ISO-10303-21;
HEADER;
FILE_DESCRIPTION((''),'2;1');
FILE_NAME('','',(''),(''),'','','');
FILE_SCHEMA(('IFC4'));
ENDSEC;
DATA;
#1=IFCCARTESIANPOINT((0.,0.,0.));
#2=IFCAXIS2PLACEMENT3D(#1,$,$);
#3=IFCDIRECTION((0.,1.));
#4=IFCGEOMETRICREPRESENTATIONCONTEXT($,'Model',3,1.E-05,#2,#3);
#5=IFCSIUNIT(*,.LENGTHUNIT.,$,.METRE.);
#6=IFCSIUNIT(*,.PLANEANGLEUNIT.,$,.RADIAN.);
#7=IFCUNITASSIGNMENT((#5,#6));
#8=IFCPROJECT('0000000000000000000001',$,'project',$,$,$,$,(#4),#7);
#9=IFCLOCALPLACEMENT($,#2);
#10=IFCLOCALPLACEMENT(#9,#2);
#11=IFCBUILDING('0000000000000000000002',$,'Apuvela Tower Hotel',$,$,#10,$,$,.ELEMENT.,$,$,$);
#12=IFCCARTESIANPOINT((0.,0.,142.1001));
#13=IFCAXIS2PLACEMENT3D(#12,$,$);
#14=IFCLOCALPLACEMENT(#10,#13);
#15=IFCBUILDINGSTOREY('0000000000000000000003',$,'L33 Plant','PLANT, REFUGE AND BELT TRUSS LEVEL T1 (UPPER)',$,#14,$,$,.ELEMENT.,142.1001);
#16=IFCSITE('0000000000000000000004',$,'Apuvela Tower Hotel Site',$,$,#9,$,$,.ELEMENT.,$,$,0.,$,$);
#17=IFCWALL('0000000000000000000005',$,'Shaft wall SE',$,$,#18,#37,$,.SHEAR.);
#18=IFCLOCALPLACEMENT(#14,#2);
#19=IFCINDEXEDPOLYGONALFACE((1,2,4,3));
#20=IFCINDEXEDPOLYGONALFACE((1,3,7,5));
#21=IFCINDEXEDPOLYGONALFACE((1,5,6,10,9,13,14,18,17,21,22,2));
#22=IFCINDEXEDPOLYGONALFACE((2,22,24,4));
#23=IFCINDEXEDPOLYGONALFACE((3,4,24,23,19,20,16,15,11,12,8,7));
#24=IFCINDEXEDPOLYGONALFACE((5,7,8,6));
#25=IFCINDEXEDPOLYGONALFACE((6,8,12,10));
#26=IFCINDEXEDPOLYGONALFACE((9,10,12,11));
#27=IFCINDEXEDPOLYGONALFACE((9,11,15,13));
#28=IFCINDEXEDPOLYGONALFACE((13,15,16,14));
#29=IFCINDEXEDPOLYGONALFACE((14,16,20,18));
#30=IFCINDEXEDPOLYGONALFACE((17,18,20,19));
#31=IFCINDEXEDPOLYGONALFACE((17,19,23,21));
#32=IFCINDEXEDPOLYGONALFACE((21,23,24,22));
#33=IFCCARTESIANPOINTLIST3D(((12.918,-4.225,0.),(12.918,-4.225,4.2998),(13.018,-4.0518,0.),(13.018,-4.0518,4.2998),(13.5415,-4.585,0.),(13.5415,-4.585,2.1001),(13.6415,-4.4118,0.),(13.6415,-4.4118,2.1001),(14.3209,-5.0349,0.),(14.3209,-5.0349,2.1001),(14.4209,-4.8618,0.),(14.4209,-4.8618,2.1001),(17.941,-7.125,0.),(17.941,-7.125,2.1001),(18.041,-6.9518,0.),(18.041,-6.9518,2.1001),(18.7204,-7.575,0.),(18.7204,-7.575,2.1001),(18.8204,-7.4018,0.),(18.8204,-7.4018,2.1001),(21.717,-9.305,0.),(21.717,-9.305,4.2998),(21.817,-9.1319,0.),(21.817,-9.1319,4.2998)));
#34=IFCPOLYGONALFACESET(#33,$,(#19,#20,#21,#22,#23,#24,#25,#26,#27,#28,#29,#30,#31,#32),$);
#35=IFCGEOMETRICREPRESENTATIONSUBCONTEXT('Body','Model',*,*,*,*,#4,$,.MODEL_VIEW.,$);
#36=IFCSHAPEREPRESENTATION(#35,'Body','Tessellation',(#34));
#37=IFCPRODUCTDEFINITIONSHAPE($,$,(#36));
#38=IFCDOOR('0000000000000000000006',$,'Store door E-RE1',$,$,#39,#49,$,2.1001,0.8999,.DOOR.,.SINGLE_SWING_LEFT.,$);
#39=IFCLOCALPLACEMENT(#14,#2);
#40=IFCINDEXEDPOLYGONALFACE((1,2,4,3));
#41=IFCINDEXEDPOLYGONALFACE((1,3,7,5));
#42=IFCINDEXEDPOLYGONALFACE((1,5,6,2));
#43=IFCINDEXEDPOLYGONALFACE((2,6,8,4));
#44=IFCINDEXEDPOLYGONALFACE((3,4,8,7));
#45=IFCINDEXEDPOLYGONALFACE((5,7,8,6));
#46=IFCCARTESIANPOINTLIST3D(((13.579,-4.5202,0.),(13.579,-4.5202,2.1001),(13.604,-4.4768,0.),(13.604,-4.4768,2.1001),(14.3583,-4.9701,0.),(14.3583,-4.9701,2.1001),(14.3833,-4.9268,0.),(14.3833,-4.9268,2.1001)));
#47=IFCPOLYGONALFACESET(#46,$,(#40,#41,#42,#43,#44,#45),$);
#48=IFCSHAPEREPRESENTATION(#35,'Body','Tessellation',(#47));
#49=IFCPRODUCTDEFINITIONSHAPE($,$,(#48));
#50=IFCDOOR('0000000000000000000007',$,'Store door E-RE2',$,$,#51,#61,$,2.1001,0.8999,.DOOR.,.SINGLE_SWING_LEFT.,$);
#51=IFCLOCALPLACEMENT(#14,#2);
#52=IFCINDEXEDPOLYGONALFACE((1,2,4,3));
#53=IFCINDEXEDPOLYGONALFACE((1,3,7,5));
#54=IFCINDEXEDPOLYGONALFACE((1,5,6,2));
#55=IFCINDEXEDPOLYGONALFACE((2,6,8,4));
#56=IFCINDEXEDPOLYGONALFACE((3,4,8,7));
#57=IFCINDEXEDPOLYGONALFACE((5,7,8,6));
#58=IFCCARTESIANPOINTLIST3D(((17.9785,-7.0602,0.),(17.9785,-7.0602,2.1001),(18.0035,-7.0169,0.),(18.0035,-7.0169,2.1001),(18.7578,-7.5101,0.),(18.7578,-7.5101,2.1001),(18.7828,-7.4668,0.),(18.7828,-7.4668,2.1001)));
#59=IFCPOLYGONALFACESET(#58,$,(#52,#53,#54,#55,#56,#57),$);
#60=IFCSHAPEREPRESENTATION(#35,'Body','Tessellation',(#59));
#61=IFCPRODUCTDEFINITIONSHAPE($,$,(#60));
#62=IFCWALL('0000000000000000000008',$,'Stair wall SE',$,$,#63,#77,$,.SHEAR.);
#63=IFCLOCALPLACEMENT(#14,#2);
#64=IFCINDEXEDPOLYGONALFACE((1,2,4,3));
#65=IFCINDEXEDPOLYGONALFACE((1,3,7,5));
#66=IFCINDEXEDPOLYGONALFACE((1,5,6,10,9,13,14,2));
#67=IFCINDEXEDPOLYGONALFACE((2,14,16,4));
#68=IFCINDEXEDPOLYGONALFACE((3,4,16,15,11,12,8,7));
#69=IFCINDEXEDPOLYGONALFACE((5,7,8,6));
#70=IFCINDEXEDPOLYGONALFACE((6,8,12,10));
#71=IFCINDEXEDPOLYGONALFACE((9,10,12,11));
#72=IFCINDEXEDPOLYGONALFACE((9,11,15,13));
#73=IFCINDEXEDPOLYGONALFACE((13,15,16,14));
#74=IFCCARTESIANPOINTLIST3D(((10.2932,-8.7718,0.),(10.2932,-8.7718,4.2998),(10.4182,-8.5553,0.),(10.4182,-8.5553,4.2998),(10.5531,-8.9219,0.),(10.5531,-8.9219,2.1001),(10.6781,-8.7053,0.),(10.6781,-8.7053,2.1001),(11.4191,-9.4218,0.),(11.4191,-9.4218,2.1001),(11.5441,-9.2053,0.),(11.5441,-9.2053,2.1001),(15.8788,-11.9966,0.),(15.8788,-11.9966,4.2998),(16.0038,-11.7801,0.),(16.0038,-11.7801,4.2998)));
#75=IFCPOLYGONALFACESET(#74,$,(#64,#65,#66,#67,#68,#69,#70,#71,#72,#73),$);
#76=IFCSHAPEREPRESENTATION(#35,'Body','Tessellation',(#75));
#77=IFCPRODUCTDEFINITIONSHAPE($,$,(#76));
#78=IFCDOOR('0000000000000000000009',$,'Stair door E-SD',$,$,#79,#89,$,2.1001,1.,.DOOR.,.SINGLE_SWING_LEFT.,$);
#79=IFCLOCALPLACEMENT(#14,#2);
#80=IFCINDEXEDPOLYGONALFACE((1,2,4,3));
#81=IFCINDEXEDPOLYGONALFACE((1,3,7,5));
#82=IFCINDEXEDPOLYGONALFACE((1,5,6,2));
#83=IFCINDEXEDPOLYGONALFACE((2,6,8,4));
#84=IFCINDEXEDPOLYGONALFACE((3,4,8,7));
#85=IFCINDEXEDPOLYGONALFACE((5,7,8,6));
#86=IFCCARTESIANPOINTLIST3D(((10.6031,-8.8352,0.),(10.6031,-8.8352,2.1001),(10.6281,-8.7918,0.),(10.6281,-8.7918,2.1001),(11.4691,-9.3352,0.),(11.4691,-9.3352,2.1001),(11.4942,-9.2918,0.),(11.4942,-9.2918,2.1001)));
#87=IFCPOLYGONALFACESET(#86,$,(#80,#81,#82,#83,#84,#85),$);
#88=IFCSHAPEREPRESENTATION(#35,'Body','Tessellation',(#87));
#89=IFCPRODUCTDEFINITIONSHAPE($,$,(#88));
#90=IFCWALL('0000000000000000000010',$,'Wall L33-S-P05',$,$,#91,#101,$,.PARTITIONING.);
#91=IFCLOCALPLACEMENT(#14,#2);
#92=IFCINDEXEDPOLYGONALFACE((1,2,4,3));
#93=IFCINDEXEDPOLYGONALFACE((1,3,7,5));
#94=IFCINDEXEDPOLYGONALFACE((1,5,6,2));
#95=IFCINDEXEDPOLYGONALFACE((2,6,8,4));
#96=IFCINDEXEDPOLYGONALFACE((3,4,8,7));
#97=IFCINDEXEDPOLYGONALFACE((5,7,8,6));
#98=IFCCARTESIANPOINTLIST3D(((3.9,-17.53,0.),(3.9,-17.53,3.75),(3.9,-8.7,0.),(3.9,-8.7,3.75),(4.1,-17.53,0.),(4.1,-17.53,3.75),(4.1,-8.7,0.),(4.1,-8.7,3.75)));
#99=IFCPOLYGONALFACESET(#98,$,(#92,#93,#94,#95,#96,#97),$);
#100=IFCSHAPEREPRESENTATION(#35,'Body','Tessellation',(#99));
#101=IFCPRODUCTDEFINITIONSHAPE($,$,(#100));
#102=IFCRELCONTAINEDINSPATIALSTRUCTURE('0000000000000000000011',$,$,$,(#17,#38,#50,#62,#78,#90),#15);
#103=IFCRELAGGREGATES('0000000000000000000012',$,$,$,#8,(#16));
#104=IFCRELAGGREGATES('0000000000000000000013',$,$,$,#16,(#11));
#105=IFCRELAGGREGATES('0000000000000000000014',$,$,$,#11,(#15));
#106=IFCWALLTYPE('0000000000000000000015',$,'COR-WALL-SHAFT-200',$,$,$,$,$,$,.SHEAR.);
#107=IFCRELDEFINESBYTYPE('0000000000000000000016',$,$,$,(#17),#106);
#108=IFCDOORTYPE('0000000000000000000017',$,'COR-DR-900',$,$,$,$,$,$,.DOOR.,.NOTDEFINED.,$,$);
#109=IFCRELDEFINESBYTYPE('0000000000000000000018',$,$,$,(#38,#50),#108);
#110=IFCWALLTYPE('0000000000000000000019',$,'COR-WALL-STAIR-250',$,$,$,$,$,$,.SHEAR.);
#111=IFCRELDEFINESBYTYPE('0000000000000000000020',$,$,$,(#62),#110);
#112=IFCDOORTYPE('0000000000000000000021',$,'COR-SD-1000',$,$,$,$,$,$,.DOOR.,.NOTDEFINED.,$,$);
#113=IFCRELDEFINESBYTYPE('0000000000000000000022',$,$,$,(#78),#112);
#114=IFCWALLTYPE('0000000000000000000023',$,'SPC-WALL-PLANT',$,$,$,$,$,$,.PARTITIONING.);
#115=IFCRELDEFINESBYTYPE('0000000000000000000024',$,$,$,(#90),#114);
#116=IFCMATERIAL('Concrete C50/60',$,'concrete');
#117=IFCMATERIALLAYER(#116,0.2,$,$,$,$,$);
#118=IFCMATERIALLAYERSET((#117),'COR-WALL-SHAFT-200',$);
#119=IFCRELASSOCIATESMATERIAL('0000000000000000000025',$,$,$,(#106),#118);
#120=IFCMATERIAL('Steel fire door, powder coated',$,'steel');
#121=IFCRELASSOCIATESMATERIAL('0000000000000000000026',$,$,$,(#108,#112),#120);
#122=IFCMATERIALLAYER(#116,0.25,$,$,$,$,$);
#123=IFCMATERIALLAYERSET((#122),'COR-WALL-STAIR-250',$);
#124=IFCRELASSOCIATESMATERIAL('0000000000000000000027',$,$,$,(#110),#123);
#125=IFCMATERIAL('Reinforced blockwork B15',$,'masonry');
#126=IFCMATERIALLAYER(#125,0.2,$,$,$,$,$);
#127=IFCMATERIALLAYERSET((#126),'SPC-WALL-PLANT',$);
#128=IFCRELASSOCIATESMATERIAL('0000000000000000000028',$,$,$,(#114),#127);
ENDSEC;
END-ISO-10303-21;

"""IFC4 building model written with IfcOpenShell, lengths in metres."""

from ifc_helpers import new_model, si_unit, direction, frame, frame_2d, origin, place, context, subcontext, project, spatial, rectangle, extrude, material, layer, layer_set, type_object, element, fill, save


model = new_model("IFC4")

# Units and contexts
model_context = context("Model", 3, precision=1e-05, world=origin(), true_north=direction((0.0, 1.0)))
body_context = subcontext(model_context, "Body", "Model", "MODEL_VIEW")
ifc_project = project(units=[si_unit("LENGTHUNIT", "METRE"), si_unit("PLANEANGLEUNIT", "RADIAN")], contexts=[model_context])

# Site, building, storey
site_placement = place(None, origin())
site = spatial("IfcSite", under=ifc_project, at=site_placement, Name="Apuvela Tower Hotel Site", CompositionType="ELEMENT", RefElevation=0.0)
building_placement = place(site_placement, origin())
building = spatial("IfcBuilding", under=site, at=building_placement, Name="Apuvela Tower Hotel", CompositionType="ELEMENT")
storey_placement = place(building_placement, frame((0.0, 0.0, 142.1001)))
storey = spatial("IfcBuildingStorey", under=building, at=storey_placement, Name="L33 Plant", Description="PLANT, REFUGE AND BELT TRUSS LEVEL T1 (UPPER)", CompositionType="ELEMENT", Elevation=142.1001)

# Shared definitions
ifc_material_1 = material(Name="Concrete C50/60", Category="concrete")
ifc_material_2 = material(Name="Steel fire door, powder coated", Category="steel")

# Shared definitions
ifc_layer_1 = layer(ifc_material_1, 0.2)
ifc_layer_set_1 = layer_set([ifc_layer_1], Name="COR-WALL-SHAFT-200")
wall_type_1 = type_object("IfcWallType", Name="COR-WALL-SHAFT-200", PredefinedType="SHEAR", material=ifc_layer_set_1)

# Wall, openings, doors
wall_1_placement = place(storey_placement, frame((12.968, -4.1384, 0.0), z_axis=(0.0, 0.0, 1.0), x_axis=(0.866028, -0.499995, 0.0)))
wall_1 = element("IfcWall", 1, at=wall_1_placement, inside=storey, type_object=wall_type_1, Name="Shaft wall SE", PredefinedType="SHEAR", context=body_context, shape_type="SweptSolid", body=[
    extrude(rectangle(XDim=10.1602, YDim=0.2, at=frame_2d((5.0801, 0.0))), origin(), (0.0, 0.0, 1.0), 4.2998),
])
opening_1_placement = place(wall_1_placement, frame((0.72, 0.0, 0.0)))
opening_1 = element("IfcOpeningElement", 2, at=opening_1_placement, cuts=wall_1, PredefinedType="OPENING", context=body_context, shape_type="SweptSolid", body=[
    extrude(rectangle(XDim=0.8999, YDim=2.1001, at=frame_2d((0.45, 1.05))), frame((0.0, 0.1099, 0.0), z_axis=(0.0, -1.0, 0.0), x_axis=(1.0, 0.0, 0.0)), (0.0, 0.0, 1.0), 0.22),
])
opening_2_placement = place(wall_1_placement, frame((5.8, 0.0, 0.0)))
opening_2 = element("IfcOpeningElement", 3, at=opening_2_placement, cuts=wall_1, PredefinedType="OPENING", context=body_context, shape_type="SweptSolid", body=[
    extrude(rectangle(XDim=0.8999, YDim=2.1001, at=frame_2d((0.45, 1.05))), frame((0.0, 0.1099, 0.0), z_axis=(0.0, -1.0, 0.0), x_axis=(1.0, 0.0, 0.0)), (0.0, 0.0, 1.0), 0.22),
])
door_type_1 = type_object("IfcDoorType", Name="COR-DR-900", OperationType="NOTDEFINED", PredefinedType="DOOR", material=ifc_material_2)
door_1_placement = place(opening_1_placement, origin())
door_1 = element("IfcDoor", 4, at=door_1_placement, inside=storey, type_object=door_type_1, Name="Store door E-RE1", OperationType="SINGLE_SWING_LEFT", OverallHeight=2.1001, OverallWidth=0.8999, PredefinedType="DOOR", context=body_context, shape_type="SweptSolid", body=[
    extrude(rectangle(XDim=0.8999, YDim=2.1001, at=frame_2d((0.45, 1.05))), frame((0.0, 0.0249, 0.0), z_axis=(0.0, -1.0, 0.0), x_axis=(1.0, 0.0, 0.0)), (0.0, 0.0, 1.0), 0.05),
])
fill(opening_1, door_1)
door_2_placement = place(opening_2_placement, origin())
door_2 = element("IfcDoor", 5, at=door_2_placement, inside=storey, type_object=door_type_1, Name="Store door E-RE2", OperationType="SINGLE_SWING_LEFT", OverallHeight=2.1001, OverallWidth=0.8999, PredefinedType="DOOR", context=body_context, shape_type="SweptSolid", body=[
    extrude(rectangle(XDim=0.8999, YDim=2.1001, at=frame_2d((0.45, 1.05))), frame((0.0, 0.0249, 0.0), z_axis=(0.0, -1.0, 0.0), x_axis=(1.0, 0.0, 0.0)), (0.0, 0.0, 1.0), 0.05),
])
fill(opening_2, door_2)

# Wall, opening, door
ifc_layer_2 = layer(ifc_material_1, 0.25)
ifc_layer_set_2 = layer_set([ifc_layer_2], Name="COR-WALL-STAIR-250")
wall_type_2 = type_object("IfcWallType", Name="COR-WALL-STAIR-250", PredefinedType="SHEAR", material=ifc_layer_set_2)
wall_2_placement = place(storey_placement, frame((10.3557, -8.6636, 0.0), z_axis=(0.0, 0.0, 1.0), x_axis=(0.866029, -0.499994, 0.0)))
wall_2 = element("IfcWall", 6, at=wall_2_placement, inside=storey, type_object=wall_type_2, Name="Stair wall SE", PredefinedType="SHEAR", context=body_context, shape_type="SweptSolid", body=[
    extrude(rectangle(XDim=6.4497, YDim=0.25, at=frame_2d((3.2249, 0.0))), origin(), (0.0, 0.0, 1.0), 4.2998),
])
opening_3_placement = place(wall_2_placement, frame((0.3, 0.0, 0.0)))
opening_3 = element("IfcOpeningElement", 7, at=opening_3_placement, cuts=wall_2, PredefinedType="OPENING", context=body_context, shape_type="SweptSolid", body=[
    extrude(rectangle(XDim=1.0, YDim=2.1001, at=frame_2d((0.5, 1.05))), frame((0.0, 0.135, 0.0), z_axis=(0.0, -1.0, 0.0), x_axis=(1.0, 0.0, 0.0)), (0.0, 0.0, 1.0), 0.27),
])
door_type_2 = type_object("IfcDoorType", Name="COR-SD-1000", OperationType="NOTDEFINED", PredefinedType="DOOR", material=ifc_material_2)
door_3_placement = place(opening_3_placement, frame((1.0, 0.0, 0.0), z_axis=(0.0, 0.0, 1.0), x_axis=(-1.0, 0.0, 0.0)))
door_3 = element("IfcDoor", 8, at=door_3_placement, inside=storey, type_object=door_type_2, Name="Stair door E-SD", OperationType="SINGLE_SWING_LEFT", OverallHeight=2.1001, OverallWidth=1.0, PredefinedType="DOOR", context=body_context, shape_type="SweptSolid", body=[
    extrude(rectangle(XDim=1.0, YDim=2.1001, at=frame_2d((0.5, 1.05))), frame((0.0, 0.0249, 0.0), z_axis=(0.0, -1.0, 0.0), x_axis=(1.0, 0.0, 0.0)), (0.0, 0.0, 1.0), 0.05),
])
fill(opening_3, door_3)

# Wall
ifc_material_3 = material(Name="Reinforced blockwork B15", Category="masonry")
ifc_layer_3 = layer(ifc_material_3, 0.2)
ifc_layer_set_3 = layer_set([ifc_layer_3], Name="SPC-WALL-PLANT")
wall_type_3 = type_object("IfcWallType", Name="SPC-WALL-PLANT", PredefinedType="PARTITIONING", material=ifc_layer_set_3)
wall_3_placement = place(storey_placement, frame((4.0, -17.53, 0.0), z_axis=(0.0, 0.0, 1.0), x_axis=(0.0, 1.0, 0.0)))
element("IfcWall", 9, at=wall_3_placement, inside=storey, type_object=wall_type_3, Name="Wall L33-S-P05", PredefinedType="PARTITIONING", context=body_context, shape_type="SweptSolid", body=[
    extrude(rectangle(XDim=8.8301, YDim=0.2, at=frame_2d((4.415, 0.0))), origin(), (0.0, 0.0, 1.0), 3.75),
])

save(model, "model.ifc")
